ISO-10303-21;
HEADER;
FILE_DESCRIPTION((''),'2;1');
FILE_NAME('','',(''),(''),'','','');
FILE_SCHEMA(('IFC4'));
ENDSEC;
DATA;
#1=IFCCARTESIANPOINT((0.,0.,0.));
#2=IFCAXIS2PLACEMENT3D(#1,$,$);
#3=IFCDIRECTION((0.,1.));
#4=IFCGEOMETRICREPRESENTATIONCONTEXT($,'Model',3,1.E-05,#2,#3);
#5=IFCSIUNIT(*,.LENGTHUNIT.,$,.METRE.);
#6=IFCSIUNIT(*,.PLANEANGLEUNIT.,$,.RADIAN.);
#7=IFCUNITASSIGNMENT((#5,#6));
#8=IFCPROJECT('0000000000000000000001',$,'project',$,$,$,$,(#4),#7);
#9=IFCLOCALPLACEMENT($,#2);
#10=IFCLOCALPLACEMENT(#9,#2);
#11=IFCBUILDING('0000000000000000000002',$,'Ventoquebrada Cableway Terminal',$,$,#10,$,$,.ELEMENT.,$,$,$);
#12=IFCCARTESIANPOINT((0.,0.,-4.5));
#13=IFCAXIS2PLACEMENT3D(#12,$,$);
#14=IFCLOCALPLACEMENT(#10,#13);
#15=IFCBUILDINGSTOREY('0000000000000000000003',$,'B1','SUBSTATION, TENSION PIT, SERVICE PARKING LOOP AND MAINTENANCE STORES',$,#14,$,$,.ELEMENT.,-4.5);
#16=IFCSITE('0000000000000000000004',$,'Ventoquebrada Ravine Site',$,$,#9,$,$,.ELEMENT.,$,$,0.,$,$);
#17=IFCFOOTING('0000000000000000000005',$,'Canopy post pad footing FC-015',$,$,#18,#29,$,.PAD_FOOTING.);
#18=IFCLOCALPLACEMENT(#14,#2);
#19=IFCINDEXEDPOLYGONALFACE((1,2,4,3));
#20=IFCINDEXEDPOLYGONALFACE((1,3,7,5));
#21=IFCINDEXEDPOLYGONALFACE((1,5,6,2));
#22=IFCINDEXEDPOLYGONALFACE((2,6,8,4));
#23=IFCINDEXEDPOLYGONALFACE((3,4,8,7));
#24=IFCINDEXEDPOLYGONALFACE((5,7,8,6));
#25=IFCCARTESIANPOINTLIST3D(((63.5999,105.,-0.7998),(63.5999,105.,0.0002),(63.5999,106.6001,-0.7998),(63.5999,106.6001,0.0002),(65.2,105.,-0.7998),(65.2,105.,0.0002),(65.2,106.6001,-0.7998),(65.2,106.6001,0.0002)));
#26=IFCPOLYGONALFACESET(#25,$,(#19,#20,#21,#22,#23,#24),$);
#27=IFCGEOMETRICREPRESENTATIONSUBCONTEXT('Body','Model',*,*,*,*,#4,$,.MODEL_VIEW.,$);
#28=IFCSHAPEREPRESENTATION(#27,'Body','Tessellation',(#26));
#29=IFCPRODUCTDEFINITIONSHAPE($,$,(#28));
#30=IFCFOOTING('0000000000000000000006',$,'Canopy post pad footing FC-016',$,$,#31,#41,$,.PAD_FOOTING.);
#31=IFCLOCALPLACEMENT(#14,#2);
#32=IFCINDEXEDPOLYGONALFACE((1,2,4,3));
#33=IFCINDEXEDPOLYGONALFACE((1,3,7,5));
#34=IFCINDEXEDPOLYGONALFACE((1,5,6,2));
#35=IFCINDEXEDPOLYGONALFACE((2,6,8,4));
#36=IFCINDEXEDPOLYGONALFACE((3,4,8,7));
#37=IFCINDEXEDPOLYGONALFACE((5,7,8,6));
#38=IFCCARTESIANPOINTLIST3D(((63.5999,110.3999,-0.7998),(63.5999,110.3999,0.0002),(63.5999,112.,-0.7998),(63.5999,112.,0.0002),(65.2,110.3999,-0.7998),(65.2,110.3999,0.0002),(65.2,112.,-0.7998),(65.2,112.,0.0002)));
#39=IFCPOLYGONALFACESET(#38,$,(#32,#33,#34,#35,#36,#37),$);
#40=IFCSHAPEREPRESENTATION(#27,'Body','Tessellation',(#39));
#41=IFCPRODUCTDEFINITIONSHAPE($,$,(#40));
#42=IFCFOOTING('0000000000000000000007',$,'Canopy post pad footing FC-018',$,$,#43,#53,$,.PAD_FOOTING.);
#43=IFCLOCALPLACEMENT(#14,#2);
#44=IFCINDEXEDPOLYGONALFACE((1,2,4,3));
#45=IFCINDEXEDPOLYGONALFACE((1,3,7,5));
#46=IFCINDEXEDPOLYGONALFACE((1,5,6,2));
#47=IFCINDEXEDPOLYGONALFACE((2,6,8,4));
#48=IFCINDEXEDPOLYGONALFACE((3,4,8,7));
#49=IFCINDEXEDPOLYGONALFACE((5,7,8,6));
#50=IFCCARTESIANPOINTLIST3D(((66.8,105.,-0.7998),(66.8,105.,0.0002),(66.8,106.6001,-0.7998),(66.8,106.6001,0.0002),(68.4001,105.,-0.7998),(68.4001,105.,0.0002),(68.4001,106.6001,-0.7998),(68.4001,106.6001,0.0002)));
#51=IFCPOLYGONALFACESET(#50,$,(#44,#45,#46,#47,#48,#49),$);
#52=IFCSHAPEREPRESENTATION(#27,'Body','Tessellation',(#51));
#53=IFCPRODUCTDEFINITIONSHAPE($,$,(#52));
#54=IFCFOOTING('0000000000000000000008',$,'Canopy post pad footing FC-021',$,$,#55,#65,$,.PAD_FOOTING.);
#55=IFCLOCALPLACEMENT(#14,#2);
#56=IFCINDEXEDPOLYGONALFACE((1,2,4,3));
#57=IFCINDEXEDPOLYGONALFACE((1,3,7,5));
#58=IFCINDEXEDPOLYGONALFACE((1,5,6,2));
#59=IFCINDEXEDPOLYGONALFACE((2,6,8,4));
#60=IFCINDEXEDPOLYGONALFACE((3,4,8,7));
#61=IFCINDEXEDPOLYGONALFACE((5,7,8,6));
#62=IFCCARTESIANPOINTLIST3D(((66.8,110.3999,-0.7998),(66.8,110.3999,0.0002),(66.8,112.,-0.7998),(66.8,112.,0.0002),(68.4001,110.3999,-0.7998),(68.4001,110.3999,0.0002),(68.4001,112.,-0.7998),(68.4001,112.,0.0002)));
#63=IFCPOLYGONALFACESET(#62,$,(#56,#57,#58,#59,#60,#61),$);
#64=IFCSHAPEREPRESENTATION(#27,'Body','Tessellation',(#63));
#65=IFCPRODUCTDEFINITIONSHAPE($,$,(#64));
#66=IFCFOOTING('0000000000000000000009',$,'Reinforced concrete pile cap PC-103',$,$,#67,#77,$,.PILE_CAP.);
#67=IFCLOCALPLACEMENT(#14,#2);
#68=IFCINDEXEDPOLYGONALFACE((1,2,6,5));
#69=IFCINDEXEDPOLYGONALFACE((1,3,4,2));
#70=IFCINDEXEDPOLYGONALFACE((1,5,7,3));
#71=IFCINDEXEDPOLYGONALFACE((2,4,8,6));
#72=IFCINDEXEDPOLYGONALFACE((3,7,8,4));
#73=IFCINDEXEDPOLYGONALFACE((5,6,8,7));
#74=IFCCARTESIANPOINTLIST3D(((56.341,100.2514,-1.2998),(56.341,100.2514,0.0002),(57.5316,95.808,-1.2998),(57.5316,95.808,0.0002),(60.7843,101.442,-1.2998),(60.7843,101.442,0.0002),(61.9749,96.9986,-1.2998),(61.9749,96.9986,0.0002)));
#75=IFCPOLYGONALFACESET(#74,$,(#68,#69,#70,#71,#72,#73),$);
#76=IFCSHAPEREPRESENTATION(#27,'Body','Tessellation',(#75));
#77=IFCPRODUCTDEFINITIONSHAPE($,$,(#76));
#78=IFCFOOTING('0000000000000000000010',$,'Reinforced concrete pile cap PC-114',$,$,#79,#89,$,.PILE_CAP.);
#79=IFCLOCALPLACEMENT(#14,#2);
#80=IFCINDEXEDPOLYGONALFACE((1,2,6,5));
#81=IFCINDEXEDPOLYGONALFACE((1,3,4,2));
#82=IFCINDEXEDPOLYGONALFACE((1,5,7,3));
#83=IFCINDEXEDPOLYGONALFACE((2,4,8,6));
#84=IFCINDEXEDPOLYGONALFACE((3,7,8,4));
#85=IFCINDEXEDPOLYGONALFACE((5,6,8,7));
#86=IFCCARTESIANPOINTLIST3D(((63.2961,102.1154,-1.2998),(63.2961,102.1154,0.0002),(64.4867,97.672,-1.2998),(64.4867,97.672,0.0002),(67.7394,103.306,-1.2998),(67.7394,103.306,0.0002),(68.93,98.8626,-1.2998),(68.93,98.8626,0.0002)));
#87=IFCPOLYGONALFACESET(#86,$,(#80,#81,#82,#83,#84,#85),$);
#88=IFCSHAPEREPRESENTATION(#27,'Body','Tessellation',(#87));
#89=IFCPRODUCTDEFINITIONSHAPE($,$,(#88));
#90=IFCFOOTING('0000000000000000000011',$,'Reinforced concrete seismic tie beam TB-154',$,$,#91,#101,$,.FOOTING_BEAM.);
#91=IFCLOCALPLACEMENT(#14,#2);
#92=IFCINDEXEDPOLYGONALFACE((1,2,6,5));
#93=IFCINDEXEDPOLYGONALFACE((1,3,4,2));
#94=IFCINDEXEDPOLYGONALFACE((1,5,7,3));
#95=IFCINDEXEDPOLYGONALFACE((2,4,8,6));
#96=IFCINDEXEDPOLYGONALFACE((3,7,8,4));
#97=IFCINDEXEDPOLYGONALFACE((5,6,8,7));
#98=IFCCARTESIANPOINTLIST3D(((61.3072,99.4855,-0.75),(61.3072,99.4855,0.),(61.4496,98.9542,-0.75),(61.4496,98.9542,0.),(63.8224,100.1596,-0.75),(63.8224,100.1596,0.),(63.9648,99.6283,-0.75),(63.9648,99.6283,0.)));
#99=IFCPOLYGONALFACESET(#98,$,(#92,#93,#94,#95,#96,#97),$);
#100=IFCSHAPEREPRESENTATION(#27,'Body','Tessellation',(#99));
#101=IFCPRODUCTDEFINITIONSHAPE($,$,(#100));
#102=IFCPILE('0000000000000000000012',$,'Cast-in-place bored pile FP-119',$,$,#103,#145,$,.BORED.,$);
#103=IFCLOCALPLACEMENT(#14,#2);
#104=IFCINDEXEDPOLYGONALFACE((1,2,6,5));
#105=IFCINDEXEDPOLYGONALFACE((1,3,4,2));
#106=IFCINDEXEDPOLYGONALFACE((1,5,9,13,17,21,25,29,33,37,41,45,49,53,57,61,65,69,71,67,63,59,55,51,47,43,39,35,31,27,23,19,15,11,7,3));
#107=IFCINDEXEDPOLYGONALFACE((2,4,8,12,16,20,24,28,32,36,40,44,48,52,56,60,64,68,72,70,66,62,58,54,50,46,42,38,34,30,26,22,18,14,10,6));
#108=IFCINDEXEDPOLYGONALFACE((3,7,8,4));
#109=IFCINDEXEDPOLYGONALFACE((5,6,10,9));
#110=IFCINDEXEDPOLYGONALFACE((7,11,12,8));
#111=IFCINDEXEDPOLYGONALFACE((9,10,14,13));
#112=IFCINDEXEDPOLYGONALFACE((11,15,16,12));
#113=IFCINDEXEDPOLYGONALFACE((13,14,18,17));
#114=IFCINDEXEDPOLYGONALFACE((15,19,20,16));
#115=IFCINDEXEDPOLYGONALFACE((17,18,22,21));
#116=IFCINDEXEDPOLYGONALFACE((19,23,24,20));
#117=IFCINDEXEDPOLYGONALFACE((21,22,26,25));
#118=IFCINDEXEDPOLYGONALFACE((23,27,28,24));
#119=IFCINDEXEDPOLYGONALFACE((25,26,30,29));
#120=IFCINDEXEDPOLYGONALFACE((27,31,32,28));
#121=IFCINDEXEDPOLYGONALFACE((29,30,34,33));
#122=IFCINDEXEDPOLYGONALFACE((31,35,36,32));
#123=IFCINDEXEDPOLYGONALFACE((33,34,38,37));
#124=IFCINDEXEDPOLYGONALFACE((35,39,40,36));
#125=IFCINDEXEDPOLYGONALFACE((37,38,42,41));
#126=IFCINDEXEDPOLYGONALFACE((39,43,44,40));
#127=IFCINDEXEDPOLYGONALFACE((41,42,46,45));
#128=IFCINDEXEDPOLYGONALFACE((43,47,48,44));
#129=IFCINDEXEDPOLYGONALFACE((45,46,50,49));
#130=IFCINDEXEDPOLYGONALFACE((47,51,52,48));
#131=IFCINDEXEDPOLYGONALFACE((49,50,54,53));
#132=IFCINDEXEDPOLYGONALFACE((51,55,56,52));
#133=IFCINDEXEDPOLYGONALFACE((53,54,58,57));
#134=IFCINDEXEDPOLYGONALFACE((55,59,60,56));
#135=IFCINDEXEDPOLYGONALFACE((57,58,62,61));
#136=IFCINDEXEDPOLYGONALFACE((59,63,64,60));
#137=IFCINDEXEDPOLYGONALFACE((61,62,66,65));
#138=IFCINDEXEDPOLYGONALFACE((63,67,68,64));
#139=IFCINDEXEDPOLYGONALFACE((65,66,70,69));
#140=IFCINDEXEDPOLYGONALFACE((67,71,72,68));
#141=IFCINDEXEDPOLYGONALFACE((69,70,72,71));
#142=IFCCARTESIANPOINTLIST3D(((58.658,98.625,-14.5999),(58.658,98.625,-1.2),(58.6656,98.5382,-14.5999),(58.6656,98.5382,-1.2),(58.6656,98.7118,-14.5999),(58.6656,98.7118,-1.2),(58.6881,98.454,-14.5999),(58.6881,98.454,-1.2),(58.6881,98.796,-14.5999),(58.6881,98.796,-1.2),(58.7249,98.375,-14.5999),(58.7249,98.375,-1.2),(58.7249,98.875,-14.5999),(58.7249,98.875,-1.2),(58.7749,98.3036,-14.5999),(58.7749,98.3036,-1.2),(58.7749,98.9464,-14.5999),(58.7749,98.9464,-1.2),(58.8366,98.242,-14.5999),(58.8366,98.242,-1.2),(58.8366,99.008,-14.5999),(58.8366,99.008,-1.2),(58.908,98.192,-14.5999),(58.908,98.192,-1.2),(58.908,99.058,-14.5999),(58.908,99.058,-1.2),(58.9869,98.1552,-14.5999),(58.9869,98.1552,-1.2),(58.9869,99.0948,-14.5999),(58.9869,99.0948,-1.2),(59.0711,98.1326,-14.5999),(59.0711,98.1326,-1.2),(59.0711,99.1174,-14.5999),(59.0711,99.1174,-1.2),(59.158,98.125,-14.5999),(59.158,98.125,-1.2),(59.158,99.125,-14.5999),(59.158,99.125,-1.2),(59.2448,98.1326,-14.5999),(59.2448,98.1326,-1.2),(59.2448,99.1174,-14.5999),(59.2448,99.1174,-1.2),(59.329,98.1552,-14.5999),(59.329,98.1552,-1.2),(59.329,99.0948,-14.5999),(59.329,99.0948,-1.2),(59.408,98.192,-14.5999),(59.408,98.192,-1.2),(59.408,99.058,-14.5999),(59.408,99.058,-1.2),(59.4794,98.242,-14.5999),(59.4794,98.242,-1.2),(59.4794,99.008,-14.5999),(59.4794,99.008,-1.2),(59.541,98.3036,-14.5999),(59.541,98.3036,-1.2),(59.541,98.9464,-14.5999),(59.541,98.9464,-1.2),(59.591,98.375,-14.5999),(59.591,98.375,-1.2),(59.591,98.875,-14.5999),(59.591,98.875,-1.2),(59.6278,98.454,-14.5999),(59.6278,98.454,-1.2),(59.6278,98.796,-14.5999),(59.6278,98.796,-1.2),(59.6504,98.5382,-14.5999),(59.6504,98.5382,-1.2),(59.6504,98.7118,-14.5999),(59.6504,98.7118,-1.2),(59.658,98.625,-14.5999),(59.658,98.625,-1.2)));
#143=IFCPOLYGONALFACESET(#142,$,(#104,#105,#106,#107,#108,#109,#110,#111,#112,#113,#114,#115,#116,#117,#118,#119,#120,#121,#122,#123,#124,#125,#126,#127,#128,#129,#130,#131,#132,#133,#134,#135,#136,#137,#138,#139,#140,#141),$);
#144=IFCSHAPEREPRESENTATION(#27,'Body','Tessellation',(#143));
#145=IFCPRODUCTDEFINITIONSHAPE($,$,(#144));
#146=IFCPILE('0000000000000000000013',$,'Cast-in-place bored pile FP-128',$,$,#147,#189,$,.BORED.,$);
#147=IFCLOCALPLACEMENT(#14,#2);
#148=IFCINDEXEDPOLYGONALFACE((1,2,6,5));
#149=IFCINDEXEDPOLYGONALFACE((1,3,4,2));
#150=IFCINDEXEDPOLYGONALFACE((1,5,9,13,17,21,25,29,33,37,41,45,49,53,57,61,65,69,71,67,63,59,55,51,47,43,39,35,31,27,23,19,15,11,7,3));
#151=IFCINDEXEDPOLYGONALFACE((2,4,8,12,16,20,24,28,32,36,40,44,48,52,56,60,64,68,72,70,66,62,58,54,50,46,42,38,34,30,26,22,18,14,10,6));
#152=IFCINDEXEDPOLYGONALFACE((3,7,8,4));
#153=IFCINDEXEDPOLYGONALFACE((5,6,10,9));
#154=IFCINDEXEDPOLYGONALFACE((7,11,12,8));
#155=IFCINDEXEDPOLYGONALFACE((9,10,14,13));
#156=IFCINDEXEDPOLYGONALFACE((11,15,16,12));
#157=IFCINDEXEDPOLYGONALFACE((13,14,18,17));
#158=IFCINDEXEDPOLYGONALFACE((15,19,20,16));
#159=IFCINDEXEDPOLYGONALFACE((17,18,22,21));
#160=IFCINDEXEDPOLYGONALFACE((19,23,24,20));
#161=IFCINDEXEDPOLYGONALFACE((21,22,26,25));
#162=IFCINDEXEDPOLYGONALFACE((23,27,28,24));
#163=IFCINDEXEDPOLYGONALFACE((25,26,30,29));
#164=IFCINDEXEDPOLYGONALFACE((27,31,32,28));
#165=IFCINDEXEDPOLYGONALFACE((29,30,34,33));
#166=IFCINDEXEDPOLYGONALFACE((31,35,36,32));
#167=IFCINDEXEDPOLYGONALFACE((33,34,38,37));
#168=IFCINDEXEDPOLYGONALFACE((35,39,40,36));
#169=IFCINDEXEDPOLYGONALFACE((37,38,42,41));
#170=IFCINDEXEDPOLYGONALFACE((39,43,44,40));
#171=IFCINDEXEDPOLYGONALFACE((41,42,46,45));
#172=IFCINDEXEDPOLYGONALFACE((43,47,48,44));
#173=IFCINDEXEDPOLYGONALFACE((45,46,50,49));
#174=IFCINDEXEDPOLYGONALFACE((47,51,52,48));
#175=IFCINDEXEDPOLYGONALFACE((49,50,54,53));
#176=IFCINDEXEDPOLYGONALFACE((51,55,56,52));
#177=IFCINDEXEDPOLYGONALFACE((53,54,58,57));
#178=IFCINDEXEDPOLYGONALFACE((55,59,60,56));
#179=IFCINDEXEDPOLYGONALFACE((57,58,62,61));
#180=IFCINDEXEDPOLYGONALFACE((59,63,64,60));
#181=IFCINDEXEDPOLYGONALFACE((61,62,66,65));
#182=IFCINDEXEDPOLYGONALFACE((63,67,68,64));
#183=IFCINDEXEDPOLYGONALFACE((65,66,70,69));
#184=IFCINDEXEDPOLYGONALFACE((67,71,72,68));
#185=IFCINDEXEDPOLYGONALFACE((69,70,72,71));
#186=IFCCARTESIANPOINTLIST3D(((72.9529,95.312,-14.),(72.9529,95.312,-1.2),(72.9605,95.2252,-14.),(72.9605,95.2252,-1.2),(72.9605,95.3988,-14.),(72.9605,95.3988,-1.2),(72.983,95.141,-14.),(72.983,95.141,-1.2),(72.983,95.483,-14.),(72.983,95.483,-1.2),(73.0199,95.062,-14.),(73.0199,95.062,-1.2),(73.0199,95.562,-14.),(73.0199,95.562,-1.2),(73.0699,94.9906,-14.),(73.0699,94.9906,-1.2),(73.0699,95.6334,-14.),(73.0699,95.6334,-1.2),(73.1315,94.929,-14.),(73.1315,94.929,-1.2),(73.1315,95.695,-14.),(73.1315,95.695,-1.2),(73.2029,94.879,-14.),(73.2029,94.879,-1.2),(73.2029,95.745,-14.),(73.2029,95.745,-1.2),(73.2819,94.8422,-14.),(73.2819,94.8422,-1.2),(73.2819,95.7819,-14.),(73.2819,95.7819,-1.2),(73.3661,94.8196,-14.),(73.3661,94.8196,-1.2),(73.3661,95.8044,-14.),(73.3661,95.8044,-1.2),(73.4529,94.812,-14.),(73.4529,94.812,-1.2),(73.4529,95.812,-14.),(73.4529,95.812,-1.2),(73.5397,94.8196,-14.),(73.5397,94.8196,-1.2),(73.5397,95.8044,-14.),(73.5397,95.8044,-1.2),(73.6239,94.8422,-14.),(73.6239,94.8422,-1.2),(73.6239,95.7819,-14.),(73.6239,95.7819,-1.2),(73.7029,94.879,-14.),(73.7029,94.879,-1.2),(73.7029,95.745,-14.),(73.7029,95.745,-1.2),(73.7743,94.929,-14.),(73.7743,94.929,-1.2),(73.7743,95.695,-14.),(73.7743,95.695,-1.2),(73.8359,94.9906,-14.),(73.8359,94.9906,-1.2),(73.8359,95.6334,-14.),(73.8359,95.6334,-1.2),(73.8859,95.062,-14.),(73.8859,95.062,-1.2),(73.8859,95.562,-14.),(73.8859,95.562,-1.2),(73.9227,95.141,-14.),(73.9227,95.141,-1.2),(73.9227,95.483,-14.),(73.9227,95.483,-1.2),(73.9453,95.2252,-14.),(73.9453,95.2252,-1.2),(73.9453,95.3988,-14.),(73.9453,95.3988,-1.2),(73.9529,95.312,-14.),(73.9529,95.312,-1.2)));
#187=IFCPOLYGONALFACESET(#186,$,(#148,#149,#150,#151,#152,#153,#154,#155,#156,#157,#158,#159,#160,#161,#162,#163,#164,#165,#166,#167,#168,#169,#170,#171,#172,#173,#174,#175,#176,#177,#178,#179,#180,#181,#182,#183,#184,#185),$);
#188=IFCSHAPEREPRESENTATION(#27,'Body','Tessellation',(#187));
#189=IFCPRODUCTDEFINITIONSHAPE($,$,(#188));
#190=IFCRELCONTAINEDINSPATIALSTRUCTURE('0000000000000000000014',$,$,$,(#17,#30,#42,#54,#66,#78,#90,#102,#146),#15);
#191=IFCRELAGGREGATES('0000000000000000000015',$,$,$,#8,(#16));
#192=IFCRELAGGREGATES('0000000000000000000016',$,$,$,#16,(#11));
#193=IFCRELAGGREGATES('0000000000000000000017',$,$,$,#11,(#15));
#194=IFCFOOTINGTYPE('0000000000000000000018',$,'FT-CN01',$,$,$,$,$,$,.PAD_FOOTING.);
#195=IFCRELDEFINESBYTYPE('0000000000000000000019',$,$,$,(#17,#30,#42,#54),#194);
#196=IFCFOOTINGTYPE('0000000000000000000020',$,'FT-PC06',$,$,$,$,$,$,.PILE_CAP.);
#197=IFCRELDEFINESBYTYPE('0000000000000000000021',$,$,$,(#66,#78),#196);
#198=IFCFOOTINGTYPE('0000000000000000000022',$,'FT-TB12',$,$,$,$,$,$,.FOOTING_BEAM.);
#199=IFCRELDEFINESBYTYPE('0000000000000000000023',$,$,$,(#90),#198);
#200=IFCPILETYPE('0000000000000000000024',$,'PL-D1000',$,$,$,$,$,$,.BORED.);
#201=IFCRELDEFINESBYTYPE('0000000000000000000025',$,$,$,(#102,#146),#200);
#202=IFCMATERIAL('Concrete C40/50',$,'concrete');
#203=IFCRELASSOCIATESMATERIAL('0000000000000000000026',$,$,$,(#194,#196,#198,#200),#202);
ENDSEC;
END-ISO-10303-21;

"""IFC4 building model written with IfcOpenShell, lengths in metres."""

from ifc_helpers import new_model, si_unit, direction, frame, origin, origin_2d, place, context, subcontext, project, spatial, rectangle, circle, extrude, material, material_profile, profile_set, type_object, element, save


model = new_model("IFC4")

# Units and contexts
model_context = context("Model", 3, precision=1e-05, world=origin(), true_north=direction((0.0, 1.0)))
body_context = subcontext(model_context, "Body", "Model", "MODEL_VIEW")
ifc_project = project(units=[si_unit("LENGTHUNIT", "METRE"), si_unit("PLANEANGLEUNIT", "RADIAN")], contexts=[model_context])

# Site, building, storey
site_placement = place(None, origin())
site = spatial("IfcSite", under=ifc_project, at=site_placement, Name="Ventoquebrada Ravine Site", CompositionType="ELEMENT", RefElevation=0.0)
building_placement = place(site_placement, origin())
building = spatial("IfcBuilding", under=site, at=building_placement, Name="Ventoquebrada Cableway Terminal", CompositionType="ELEMENT")
storey_placement = place(building_placement, frame((0.0, 0.0, -4.5)))
storey = spatial("IfcBuildingStorey", under=building, at=storey_placement, Name="B1", Description="SUBSTATION, TENSION PIT, SERVICE PARKING LOOP AND MAINTENANCE STORES", CompositionType="ELEMENT", Elevation=-4.5)

# Footings
ifc_material_1 = material(Name="Concrete C40/50", Category="concrete")
footing_type_1 = type_object("IfcFootingType", Name="FT-CN01", PredefinedType="PAD_FOOTING", material=ifc_material_1)
for number, where, z_axis, x_axis, name in (
    (1, (64.3999, 105.8, -0.7998), (0.0, 0.0, 1.0), (1.0, 0.0, 0.0), "Canopy post pad footing FC-015"),
    (2, (64.3999, 111.2, -0.7998), (0.0, 0.0, 1.0), (1.0, 0.0, 0.0), "Canopy post pad footing FC-016"),
    (3, (67.6001, 105.8, -0.7998), (0.0, 0.0, 1.0), (1.0, 0.0, 0.0), "Canopy post pad footing FC-018"),
    (4, (67.6001, 111.2, -0.7998), (0.0, 0.0, 1.0), (1.0, 0.0, 0.0), "Canopy post pad footing FC-021"),
):
    element("IfcFooting", number, at=place(storey_placement, frame(where, z_axis=z_axis, x_axis=x_axis)), inside=storey, type_object=footing_type_1, Name=name, PredefinedType="PAD_FOOTING", context=body_context, shape_type="SweptSolid", body=[
        extrude(rectangle(XDim=1.6001, YDim=1.6001, at=origin_2d()), origin(), (0.0, 0.0, 1.0), 0.8),
    ])
footing_type_2 = type_object("IfcFootingType", Name="FT-PC06", PredefinedType="PILE_CAP", material=ifc_material_1)
for number, where, z_axis, x_axis, name in (
    (5, (59.158, 98.625, -1.2998), (0.0, 0.0, 1.0), (0.965926, 0.258819, 0.0), "Reinforced concrete pile cap PC-103"),
    (6, (66.113, 100.489, -1.2998), (0.0, 0.0, 1.0), (0.965926, 0.258819, 0.0), "Reinforced concrete pile cap PC-114"),
):
    element("IfcFooting", number, at=place(storey_placement, frame(where, z_axis=z_axis, x_axis=x_axis)), inside=storey, type_object=footing_type_2, Name=name, PredefinedType="PILE_CAP", context=body_context, shape_type="SweptSolid", body=[
        extrude(rectangle(XDim=4.6001, YDim=4.6001, at=origin_2d()), origin(), (0.0, 0.0, 1.0), 1.3),
    ])
footing_type_3 = type_object("IfcFootingType", Name="FT-TB12", PredefinedType="FOOTING_BEAM", material=ifc_material_1)
footing_placement = place(storey_placement, frame((62.636, 99.5569, -0.75), z_axis=(0.0, 0.0, 1.0), x_axis=(0.965912, 0.25887, 0.0)))
element("IfcFooting", 7, at=footing_placement, inside=storey, type_object=footing_type_3, Name="Reinforced concrete seismic tie beam TB-154", PredefinedType="FOOTING_BEAM", context=body_context, shape_type="SweptSolid", body=[
    extrude(rectangle(XDim=2.604, YDim=0.55, at=origin_2d()), origin(), (0.0, 0.0, 1.0), 0.75),
])

# Piles
ifc_material_profile_1 = material_profile(ifc_material_1, circle(Radius=0.5, at=origin_2d()), Name="PILE-D1000")
ifc_profile_set_1 = profile_set([ifc_material_profile_1], Name="Concrete C40/50")
pile_type = type_object("IfcPileType", Name="PL-D1000", PredefinedType="BORED", material=ifc_profile_set_1)
pile_1_placement = place(storey_placement, frame((59.158, 98.625, -1.2), z_axis=(0.0, 0.0, -1.0), x_axis=(1.0, 0.0, 0.0)))
element("IfcPile", 8, at=pile_1_placement, inside=storey, type_object=pile_type, Name="Cast-in-place bored pile FP-119", PredefinedType="BORED", context=body_context, shape_type="SweptSolid", body=[
    extrude(circle(Radius=0.5, at=origin_2d()), origin(), (0.0, 0.0, 1.0), 13.3999),
])
pile_2_placement = place(storey_placement, frame((73.4529, 95.312, -1.2), z_axis=(0.0, 0.0, -1.0), x_axis=(1.0, 0.0, 0.0)))
element("IfcPile", 9, at=pile_2_placement, inside=storey, type_object=pile_type, Name="Cast-in-place bored pile FP-128", PredefinedType="BORED", context=body_context, shape_type="SweptSolid", body=[
    extrude(circle(Radius=0.5, at=origin_2d()), origin(), (0.0, 0.0, 1.0), 12.8),
])

save(model, "model.ifc")
